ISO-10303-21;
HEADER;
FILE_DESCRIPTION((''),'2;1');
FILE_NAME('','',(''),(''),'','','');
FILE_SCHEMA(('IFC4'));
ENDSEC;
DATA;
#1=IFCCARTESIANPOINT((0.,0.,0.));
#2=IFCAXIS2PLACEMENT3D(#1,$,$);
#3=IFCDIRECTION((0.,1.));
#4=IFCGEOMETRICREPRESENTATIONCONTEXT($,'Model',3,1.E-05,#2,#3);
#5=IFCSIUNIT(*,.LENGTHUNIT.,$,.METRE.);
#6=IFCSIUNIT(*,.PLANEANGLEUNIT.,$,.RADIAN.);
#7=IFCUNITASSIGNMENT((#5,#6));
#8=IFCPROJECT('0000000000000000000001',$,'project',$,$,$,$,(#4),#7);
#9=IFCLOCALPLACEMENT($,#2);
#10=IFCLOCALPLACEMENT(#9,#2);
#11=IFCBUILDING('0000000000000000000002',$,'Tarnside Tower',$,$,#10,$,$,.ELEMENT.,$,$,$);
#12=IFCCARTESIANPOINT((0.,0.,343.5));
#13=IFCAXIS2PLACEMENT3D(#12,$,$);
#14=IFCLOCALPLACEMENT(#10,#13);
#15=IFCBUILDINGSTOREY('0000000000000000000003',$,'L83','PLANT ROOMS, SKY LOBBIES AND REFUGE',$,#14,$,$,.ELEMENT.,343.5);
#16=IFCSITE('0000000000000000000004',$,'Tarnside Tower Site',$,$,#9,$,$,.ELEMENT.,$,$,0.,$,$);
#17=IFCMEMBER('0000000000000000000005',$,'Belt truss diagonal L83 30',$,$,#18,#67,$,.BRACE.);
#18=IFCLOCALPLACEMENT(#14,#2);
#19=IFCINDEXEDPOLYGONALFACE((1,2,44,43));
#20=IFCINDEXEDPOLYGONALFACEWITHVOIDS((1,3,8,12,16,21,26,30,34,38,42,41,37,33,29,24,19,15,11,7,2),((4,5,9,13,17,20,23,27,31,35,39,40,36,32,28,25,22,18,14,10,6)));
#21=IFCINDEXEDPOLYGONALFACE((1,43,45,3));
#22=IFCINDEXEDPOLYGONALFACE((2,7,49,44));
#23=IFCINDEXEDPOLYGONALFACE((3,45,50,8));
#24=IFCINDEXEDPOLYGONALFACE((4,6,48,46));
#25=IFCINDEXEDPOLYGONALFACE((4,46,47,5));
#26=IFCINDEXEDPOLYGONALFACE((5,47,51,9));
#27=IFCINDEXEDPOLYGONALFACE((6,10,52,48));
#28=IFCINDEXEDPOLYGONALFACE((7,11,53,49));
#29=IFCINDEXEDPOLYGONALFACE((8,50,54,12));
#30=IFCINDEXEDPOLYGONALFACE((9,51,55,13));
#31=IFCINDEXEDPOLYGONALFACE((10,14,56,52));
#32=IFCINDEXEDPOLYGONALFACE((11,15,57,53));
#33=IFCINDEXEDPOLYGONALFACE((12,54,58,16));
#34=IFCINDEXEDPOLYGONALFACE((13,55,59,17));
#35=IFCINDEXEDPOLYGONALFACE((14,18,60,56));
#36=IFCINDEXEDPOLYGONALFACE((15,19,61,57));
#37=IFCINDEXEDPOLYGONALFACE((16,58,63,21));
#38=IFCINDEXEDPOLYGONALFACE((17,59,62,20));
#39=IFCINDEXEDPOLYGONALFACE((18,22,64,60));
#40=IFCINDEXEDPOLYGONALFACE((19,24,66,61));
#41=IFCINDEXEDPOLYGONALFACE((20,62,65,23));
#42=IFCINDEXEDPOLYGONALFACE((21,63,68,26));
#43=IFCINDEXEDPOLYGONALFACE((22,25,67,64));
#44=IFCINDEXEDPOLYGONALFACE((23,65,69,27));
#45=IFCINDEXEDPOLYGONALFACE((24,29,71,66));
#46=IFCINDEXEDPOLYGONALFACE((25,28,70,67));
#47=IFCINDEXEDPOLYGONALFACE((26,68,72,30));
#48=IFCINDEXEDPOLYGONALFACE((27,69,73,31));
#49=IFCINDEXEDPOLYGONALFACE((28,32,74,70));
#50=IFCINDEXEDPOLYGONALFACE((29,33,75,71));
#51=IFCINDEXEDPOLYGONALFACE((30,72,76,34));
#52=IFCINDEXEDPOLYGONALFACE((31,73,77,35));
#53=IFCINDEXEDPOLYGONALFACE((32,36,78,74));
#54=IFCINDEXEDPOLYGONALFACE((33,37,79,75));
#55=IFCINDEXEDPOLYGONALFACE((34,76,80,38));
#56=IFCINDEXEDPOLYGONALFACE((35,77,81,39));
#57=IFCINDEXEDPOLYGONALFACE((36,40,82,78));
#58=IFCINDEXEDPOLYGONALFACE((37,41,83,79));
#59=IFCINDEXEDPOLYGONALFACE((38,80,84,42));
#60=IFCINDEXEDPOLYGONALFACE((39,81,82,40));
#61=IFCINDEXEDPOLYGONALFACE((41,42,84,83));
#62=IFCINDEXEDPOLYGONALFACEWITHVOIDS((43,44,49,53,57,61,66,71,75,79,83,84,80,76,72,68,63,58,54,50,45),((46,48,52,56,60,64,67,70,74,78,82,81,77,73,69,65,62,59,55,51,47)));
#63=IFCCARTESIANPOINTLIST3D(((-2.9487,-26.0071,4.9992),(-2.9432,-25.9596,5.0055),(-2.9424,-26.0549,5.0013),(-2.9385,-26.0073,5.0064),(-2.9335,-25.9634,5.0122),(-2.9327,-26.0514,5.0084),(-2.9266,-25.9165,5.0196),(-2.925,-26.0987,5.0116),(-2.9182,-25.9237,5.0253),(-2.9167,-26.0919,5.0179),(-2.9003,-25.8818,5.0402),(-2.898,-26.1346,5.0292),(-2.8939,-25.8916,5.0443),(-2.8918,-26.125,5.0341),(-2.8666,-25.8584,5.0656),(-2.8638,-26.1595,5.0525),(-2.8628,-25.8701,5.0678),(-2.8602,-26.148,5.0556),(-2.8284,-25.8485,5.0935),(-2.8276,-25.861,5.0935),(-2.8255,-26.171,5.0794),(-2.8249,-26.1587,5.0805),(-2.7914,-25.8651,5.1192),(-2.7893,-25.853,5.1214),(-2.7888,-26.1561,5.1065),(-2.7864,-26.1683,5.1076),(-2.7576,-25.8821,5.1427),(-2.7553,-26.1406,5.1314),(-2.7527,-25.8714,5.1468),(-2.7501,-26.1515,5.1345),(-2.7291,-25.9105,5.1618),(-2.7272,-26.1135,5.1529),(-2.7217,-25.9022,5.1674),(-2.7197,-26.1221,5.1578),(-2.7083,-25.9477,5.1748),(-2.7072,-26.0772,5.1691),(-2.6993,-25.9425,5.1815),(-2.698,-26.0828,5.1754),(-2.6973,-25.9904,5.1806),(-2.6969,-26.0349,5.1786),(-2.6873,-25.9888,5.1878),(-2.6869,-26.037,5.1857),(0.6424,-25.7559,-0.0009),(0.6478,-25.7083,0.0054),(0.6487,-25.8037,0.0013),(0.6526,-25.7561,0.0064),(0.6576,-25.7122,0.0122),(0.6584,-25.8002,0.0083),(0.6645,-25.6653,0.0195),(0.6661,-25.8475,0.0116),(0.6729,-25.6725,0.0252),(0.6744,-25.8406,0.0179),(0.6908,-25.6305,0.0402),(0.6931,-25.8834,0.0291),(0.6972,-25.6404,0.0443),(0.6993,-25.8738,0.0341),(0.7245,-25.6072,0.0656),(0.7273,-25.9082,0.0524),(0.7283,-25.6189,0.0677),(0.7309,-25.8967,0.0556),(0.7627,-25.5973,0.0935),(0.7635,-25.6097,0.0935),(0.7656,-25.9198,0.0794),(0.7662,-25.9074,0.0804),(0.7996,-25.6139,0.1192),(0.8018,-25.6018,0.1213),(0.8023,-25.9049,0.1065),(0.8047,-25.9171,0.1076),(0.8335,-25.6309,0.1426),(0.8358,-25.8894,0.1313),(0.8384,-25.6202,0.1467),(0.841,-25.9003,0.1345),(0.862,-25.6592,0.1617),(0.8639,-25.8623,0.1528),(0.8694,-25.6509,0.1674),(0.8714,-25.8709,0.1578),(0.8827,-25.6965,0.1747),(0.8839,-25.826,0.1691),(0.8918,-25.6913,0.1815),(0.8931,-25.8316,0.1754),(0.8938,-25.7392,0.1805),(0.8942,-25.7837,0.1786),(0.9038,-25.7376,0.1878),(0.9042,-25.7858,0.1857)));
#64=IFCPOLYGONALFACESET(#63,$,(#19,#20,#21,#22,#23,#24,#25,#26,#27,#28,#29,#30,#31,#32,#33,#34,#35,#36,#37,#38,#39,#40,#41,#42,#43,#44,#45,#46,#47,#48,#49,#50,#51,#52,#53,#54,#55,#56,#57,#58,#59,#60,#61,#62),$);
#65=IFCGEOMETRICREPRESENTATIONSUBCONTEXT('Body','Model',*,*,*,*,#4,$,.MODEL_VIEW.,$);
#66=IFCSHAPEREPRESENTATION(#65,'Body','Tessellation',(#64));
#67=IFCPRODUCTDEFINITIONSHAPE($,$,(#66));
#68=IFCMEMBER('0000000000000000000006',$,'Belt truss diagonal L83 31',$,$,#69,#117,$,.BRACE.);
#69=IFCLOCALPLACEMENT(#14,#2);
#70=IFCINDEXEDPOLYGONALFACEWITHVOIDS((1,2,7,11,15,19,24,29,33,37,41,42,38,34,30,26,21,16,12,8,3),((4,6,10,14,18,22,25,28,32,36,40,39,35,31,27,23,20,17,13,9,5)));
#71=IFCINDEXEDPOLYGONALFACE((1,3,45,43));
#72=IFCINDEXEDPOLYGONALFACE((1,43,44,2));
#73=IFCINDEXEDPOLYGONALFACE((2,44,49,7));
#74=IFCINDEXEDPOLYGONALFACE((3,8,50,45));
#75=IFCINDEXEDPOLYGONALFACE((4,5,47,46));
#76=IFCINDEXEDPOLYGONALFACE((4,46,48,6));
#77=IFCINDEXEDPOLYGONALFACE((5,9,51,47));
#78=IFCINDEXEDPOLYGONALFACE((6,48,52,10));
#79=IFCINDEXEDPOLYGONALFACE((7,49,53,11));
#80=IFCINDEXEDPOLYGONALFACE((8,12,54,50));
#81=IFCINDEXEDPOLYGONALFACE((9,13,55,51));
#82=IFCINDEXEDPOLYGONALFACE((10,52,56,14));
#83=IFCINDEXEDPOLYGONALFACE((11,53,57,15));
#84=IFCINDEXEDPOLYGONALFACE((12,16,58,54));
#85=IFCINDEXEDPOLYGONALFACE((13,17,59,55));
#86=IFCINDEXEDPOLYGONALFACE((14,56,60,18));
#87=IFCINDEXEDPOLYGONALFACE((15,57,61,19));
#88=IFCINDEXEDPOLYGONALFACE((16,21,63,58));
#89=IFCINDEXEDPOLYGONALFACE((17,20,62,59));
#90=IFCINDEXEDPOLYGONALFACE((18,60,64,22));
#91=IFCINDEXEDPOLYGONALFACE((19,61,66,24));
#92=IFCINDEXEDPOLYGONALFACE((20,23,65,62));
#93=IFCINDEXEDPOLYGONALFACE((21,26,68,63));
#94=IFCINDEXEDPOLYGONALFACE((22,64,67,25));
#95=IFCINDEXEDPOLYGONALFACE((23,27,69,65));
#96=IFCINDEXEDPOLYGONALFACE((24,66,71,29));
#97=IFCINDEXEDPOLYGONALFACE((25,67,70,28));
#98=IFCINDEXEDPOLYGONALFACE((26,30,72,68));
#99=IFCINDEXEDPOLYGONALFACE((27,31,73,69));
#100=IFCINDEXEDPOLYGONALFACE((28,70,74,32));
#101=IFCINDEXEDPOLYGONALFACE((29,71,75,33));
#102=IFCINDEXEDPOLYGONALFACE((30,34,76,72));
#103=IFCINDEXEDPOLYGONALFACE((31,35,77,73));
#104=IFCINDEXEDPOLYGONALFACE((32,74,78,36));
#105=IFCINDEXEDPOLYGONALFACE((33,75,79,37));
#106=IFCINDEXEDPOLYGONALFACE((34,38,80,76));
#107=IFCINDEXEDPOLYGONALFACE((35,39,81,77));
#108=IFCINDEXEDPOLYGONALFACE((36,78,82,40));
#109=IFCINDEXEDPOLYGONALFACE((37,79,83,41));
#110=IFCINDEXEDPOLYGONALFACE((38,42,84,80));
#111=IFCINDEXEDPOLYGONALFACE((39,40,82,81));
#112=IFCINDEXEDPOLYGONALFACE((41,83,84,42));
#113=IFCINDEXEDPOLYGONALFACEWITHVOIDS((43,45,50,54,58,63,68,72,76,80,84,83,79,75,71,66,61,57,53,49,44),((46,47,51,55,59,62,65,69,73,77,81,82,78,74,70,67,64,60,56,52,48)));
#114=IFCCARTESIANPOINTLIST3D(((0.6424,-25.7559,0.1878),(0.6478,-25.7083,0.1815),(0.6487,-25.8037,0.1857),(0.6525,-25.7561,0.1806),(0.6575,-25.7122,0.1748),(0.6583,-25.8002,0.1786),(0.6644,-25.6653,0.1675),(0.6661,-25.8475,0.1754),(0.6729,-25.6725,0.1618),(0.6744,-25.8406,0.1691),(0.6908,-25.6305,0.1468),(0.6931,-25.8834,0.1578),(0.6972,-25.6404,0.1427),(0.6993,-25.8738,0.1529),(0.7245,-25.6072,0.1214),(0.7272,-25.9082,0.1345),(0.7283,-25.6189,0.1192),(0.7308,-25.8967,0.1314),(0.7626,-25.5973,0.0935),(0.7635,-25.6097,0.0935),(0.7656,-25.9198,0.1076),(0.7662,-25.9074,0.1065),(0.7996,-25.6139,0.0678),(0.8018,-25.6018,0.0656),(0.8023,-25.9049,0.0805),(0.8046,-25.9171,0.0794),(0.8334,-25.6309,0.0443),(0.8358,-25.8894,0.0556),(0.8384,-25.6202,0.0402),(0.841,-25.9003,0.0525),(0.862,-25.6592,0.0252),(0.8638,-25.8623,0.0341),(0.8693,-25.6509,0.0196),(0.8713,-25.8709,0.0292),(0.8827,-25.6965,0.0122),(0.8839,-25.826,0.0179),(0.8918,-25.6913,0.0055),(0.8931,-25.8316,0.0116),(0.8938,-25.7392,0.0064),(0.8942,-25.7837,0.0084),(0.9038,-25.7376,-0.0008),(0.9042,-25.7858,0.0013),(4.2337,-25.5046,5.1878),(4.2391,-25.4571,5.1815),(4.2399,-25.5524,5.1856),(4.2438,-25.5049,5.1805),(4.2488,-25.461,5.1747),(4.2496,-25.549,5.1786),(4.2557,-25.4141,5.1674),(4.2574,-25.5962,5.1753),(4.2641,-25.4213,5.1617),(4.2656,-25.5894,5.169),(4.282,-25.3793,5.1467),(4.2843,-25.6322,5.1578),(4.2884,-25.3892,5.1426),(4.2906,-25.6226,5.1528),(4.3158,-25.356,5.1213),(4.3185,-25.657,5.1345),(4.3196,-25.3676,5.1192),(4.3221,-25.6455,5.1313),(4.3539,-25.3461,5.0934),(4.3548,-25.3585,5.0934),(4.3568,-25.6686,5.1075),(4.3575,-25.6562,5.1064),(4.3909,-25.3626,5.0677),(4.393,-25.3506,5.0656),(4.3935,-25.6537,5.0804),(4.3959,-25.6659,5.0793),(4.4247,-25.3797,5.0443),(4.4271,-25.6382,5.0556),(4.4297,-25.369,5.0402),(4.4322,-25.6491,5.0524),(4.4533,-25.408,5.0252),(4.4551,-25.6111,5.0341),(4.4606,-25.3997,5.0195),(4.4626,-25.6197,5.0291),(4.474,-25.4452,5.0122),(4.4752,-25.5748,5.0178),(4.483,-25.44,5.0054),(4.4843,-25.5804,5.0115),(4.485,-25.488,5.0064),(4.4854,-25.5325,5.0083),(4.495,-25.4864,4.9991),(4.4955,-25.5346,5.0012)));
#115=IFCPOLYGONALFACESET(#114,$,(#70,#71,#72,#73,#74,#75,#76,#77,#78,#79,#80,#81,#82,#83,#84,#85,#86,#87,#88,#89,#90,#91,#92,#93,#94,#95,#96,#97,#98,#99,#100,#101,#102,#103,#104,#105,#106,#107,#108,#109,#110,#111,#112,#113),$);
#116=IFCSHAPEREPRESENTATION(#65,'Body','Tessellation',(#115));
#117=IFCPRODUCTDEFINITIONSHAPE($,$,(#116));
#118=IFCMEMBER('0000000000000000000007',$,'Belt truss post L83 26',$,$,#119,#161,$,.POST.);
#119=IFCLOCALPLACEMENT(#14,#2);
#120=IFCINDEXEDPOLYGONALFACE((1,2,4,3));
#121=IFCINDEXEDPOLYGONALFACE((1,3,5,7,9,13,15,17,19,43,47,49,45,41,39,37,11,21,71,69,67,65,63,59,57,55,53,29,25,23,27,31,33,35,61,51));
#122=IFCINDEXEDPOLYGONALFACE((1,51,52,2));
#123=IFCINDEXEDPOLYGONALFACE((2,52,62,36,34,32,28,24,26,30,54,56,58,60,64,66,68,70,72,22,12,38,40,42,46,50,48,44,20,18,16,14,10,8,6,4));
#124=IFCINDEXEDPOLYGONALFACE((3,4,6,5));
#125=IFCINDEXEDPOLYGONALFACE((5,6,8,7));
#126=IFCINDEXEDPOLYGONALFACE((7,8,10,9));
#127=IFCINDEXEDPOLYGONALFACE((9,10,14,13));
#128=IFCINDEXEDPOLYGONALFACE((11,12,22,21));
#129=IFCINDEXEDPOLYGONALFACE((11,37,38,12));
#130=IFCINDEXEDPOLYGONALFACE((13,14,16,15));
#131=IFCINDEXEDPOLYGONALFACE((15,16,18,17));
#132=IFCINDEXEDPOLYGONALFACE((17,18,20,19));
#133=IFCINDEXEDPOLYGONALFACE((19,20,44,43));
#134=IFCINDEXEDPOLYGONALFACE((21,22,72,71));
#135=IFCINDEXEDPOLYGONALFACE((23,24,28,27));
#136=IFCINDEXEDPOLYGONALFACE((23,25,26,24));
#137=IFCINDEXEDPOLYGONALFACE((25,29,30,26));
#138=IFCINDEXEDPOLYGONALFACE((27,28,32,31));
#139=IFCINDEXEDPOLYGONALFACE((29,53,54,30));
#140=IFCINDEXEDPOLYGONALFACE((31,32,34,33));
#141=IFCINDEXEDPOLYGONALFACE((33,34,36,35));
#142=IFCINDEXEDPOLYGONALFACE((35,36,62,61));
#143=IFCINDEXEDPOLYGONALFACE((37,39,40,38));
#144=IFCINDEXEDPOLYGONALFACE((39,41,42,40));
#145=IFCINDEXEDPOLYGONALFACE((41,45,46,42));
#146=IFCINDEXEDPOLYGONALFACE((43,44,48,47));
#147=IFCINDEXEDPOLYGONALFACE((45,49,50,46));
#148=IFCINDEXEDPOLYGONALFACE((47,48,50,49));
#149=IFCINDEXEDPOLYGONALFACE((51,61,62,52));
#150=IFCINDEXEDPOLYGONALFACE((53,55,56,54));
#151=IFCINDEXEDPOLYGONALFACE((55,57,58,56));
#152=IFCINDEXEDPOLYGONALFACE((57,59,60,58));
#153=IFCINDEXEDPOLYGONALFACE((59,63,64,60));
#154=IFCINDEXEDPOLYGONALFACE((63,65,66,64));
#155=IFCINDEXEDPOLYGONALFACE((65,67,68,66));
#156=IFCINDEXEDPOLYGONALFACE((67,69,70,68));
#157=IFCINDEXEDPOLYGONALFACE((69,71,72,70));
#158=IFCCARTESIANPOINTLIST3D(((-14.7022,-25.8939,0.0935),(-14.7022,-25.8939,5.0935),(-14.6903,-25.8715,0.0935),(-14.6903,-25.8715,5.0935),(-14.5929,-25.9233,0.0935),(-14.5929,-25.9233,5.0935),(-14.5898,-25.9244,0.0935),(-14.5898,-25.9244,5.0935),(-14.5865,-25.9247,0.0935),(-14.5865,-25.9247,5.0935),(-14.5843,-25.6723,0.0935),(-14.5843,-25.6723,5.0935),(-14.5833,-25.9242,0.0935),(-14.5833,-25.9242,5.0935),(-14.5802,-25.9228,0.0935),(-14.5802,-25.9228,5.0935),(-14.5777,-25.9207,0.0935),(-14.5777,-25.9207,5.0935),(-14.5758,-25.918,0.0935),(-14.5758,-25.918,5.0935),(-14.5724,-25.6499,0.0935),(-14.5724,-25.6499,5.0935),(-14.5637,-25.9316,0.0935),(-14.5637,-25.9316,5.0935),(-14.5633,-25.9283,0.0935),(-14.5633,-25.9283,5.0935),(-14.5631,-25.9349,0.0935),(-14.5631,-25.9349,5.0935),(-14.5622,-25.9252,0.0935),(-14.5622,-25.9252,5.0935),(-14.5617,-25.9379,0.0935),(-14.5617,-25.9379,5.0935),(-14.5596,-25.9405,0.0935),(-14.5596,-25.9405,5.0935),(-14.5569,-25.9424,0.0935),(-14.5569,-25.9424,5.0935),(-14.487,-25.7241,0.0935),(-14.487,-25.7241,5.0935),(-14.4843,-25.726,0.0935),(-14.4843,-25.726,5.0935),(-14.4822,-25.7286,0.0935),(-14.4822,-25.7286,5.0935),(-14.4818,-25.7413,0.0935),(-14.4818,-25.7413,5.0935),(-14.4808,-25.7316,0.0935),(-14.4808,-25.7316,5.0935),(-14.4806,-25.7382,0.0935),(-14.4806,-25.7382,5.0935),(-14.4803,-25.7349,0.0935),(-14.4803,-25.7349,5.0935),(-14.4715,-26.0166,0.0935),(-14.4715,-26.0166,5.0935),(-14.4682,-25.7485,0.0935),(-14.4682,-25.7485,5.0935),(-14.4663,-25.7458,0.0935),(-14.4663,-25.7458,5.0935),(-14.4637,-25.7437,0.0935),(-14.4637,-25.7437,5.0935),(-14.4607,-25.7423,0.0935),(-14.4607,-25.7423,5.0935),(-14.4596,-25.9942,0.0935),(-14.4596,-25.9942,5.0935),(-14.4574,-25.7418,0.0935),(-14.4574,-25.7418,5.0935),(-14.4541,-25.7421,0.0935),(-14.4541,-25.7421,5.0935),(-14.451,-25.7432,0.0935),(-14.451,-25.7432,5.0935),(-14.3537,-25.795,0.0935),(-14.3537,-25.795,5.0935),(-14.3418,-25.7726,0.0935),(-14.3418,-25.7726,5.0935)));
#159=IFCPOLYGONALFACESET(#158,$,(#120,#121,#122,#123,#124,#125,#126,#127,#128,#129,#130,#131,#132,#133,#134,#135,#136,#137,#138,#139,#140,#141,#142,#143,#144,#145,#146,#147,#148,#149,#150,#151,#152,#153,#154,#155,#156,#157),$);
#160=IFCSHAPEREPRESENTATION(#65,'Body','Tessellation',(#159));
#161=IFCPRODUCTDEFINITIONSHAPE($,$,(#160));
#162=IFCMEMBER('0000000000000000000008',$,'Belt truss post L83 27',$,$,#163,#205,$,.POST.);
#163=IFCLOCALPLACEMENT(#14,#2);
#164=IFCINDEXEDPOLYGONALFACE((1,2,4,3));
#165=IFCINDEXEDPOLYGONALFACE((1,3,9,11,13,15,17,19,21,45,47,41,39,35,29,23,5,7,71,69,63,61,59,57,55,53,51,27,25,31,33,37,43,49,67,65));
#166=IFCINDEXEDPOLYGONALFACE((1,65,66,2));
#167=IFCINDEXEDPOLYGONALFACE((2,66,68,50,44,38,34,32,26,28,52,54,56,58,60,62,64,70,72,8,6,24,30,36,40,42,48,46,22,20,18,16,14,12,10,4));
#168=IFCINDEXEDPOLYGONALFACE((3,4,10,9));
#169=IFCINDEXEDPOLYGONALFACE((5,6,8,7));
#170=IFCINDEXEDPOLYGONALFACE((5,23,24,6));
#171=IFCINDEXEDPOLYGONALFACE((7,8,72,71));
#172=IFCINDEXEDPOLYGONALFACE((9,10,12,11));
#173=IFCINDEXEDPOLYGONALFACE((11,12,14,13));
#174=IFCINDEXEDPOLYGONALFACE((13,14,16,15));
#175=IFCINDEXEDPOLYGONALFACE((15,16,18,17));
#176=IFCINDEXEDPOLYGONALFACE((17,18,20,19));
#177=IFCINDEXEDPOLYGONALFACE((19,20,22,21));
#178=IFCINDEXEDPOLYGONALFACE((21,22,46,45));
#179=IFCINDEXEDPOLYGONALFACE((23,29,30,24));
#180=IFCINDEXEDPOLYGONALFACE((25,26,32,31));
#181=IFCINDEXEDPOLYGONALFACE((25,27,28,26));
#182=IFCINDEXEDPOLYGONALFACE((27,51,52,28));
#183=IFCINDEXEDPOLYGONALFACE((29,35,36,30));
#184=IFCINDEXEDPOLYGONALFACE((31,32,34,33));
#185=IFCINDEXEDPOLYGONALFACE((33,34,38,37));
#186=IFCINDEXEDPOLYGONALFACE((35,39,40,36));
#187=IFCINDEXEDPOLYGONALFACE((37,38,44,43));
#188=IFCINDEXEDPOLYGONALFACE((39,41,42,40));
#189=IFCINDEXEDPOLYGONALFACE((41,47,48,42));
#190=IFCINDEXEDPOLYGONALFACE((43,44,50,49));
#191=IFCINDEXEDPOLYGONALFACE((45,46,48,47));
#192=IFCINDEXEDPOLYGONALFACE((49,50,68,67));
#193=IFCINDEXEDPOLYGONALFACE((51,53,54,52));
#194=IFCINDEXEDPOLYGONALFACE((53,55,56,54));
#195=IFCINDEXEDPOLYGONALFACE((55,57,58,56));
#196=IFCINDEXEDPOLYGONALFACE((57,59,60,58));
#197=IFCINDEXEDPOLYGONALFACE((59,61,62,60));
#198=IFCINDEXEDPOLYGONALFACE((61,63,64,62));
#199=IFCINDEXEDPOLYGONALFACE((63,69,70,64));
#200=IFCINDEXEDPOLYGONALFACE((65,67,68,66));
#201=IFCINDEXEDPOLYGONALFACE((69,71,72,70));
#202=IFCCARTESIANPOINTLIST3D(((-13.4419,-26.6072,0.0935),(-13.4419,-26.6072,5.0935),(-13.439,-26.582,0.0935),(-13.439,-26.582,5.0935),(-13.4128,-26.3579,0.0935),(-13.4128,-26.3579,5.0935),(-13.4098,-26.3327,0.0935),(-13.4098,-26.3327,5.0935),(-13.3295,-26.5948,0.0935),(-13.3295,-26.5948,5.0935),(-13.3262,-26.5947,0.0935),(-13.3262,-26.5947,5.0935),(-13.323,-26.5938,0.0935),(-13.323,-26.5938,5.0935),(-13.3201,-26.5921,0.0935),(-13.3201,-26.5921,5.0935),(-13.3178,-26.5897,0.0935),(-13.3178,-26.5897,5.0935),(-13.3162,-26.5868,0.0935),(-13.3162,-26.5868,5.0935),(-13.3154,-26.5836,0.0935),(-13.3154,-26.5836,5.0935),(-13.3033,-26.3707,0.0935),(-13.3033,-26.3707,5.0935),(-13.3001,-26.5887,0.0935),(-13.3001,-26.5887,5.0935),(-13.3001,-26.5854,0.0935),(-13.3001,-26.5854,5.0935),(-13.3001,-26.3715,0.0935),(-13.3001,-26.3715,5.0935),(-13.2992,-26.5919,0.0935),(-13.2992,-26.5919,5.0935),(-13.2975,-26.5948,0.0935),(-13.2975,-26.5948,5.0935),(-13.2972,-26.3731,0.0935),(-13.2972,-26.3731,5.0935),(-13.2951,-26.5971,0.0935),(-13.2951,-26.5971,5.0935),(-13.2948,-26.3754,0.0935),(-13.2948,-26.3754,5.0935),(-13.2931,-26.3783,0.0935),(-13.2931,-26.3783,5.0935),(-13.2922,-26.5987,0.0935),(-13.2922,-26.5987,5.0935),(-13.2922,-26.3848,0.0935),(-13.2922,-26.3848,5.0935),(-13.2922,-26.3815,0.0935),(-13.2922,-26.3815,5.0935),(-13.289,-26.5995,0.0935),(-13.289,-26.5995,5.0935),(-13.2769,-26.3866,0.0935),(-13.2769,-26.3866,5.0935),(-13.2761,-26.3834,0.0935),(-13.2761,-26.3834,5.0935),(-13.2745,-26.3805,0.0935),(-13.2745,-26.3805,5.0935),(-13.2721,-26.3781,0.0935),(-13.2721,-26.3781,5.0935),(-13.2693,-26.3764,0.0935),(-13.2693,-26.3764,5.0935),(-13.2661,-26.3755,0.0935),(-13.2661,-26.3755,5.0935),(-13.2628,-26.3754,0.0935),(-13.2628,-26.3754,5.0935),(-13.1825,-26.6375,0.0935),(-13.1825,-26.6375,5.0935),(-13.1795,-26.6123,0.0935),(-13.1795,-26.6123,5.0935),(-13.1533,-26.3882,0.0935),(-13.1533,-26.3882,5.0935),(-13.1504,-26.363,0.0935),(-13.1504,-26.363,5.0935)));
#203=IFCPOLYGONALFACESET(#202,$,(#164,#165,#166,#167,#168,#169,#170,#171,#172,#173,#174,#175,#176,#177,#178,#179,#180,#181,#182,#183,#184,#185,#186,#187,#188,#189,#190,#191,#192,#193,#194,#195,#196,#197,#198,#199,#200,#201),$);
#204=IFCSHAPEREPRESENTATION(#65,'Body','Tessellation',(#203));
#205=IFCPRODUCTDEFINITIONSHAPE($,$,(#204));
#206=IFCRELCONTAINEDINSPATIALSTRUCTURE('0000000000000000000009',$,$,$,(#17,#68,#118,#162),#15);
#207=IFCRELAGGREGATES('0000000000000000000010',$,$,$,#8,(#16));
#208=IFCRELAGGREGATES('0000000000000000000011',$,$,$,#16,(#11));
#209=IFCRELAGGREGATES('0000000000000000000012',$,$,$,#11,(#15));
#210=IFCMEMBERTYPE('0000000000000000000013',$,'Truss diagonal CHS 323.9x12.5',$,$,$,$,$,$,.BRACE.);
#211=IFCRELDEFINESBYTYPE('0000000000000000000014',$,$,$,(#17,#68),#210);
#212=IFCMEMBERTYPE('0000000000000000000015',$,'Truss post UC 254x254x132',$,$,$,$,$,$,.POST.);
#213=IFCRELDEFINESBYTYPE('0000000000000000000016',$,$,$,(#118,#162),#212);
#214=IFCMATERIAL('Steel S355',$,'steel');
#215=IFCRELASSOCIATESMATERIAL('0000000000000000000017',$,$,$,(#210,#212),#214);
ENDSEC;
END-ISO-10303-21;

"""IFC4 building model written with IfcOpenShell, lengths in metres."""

from ifc_helpers import new_model, si_unit, direction, frame, origin, origin_2d, place, context, subcontext, project, spatial, hollow_circle, i_section, extrude, material, material_profile, profile_set, type_object, element, save


model = new_model("IFC4")

# Units and contexts
model_context = context("Model", 3, precision=1e-05, world=origin(), true_north=direction((0.0, 1.0)))
body_context = subcontext(model_context, "Body", "Model", "MODEL_VIEW")
ifc_project = project(units=[si_unit("LENGTHUNIT", "METRE"), si_unit("PLANEANGLEUNIT", "RADIAN")], contexts=[model_context])

# Site, building, storey
site_placement = place(None, origin())
site = spatial("IfcSite", under=ifc_project, at=site_placement, Name="Tarnside Tower Site", CompositionType="ELEMENT", RefElevation=0.0)
building_placement = place(site_placement, origin())
building = spatial("IfcBuilding", under=site, at=building_placement, Name="Tarnside Tower", CompositionType="ELEMENT")
storey_placement = place(building_placement, frame((0.0, 0.0, 343.5)))
storey = spatial("IfcBuildingStorey", under=building, at=storey_placement, Name="L83", Description="PLANT ROOMS, SKY LOBBIES AND REFUGE", CompositionType="ELEMENT", Elevation=343.5)

# Shared definitions
ifc_material_1 = material(Name="Steel S355", Category="steel")

# Members
ifc_material_profile_1 = material_profile(ifc_material_1, hollow_circle(Radius=0.1619, WallThickness=0.0125, at=origin_2d()), Name="CHS 323.9x12.5")
ifc_profile_set_1 = profile_set([ifc_material_profile_1], Name="Steel S355")
member_type_1 = type_object("IfcMemberType", Name="Truss diagonal CHS 323.9x12.5", PredefinedType="BRACE", material=ifc_profile_set_1)
for number, where, z_axis, x_axis, name in (
    (1, (-2.8171, -26.01, 5.0935), (0.582863, 0.040775, -0.811547), (-0.069787, 0.997562, 0.0), "Belt truss diagonal L83 30"),
    (2, (0.7739, -25.7588, 0.0935), (0.582889, 0.040775, 0.811528), (-0.069782, 0.997562, 0.0), "Belt truss diagonal L83 31"),
):
    element("IfcMember", number, at=place(storey_placement, frame(where, z_axis=z_axis, x_axis=x_axis)), inside=storey, type_object=member_type_1, Name=name, PredefinedType="BRACE", context=body_context, shape_type="SweptSolid", body=[
        extrude(hollow_circle(Radius=0.1619, WallThickness=0.0125, at=origin_2d()), origin(), (0.0, 0.0, 1.0), 6.1611),
    ])
ifc_material_profile_2 = material_profile(ifc_material_1, i_section(OverallWidth=0.2612, OverallDepth=0.2764, WebThickness=0.0154, FlangeThickness=0.0254, FilletRadius=0.0127, at=origin_2d()), Name="UC 254x254x132")
ifc_profile_set_2 = profile_set([ifc_material_profile_2], Name="Steel S355")
member_type_2 = type_object("IfcMemberType", Name="Truss post UC 254x254x132", PredefinedType="POST", material=ifc_profile_set_2)
for number, where, z_axis, x_axis, name in (
    (3, (-14.522, -25.8333, 0.0935), (0.0, 0.0, 1.0), (0.882948, -0.469472, 0.0), "Belt truss post L83 26"),
    (4, (-13.2961, -26.4851, 0.0935), (0.0, 0.0, 1.0), (0.993238, -0.116093, 0.0), "Belt truss post L83 27"),
):
    element("IfcMember", number, at=place(storey_placement, frame(where, z_axis=z_axis, x_axis=x_axis)), inside=storey, type_object=member_type_2, Name=name, PredefinedType="POST", context=body_context, shape_type="SweptSolid", body=[
        extrude(i_section(OverallWidth=0.2612, OverallDepth=0.2764, WebThickness=0.0154, FlangeThickness=0.0254, FilletRadius=0.0127, at=origin_2d()), origin(), (0.0, 0.0, 1.0), 5.0),
    ])

save(model, "model.ifc")
